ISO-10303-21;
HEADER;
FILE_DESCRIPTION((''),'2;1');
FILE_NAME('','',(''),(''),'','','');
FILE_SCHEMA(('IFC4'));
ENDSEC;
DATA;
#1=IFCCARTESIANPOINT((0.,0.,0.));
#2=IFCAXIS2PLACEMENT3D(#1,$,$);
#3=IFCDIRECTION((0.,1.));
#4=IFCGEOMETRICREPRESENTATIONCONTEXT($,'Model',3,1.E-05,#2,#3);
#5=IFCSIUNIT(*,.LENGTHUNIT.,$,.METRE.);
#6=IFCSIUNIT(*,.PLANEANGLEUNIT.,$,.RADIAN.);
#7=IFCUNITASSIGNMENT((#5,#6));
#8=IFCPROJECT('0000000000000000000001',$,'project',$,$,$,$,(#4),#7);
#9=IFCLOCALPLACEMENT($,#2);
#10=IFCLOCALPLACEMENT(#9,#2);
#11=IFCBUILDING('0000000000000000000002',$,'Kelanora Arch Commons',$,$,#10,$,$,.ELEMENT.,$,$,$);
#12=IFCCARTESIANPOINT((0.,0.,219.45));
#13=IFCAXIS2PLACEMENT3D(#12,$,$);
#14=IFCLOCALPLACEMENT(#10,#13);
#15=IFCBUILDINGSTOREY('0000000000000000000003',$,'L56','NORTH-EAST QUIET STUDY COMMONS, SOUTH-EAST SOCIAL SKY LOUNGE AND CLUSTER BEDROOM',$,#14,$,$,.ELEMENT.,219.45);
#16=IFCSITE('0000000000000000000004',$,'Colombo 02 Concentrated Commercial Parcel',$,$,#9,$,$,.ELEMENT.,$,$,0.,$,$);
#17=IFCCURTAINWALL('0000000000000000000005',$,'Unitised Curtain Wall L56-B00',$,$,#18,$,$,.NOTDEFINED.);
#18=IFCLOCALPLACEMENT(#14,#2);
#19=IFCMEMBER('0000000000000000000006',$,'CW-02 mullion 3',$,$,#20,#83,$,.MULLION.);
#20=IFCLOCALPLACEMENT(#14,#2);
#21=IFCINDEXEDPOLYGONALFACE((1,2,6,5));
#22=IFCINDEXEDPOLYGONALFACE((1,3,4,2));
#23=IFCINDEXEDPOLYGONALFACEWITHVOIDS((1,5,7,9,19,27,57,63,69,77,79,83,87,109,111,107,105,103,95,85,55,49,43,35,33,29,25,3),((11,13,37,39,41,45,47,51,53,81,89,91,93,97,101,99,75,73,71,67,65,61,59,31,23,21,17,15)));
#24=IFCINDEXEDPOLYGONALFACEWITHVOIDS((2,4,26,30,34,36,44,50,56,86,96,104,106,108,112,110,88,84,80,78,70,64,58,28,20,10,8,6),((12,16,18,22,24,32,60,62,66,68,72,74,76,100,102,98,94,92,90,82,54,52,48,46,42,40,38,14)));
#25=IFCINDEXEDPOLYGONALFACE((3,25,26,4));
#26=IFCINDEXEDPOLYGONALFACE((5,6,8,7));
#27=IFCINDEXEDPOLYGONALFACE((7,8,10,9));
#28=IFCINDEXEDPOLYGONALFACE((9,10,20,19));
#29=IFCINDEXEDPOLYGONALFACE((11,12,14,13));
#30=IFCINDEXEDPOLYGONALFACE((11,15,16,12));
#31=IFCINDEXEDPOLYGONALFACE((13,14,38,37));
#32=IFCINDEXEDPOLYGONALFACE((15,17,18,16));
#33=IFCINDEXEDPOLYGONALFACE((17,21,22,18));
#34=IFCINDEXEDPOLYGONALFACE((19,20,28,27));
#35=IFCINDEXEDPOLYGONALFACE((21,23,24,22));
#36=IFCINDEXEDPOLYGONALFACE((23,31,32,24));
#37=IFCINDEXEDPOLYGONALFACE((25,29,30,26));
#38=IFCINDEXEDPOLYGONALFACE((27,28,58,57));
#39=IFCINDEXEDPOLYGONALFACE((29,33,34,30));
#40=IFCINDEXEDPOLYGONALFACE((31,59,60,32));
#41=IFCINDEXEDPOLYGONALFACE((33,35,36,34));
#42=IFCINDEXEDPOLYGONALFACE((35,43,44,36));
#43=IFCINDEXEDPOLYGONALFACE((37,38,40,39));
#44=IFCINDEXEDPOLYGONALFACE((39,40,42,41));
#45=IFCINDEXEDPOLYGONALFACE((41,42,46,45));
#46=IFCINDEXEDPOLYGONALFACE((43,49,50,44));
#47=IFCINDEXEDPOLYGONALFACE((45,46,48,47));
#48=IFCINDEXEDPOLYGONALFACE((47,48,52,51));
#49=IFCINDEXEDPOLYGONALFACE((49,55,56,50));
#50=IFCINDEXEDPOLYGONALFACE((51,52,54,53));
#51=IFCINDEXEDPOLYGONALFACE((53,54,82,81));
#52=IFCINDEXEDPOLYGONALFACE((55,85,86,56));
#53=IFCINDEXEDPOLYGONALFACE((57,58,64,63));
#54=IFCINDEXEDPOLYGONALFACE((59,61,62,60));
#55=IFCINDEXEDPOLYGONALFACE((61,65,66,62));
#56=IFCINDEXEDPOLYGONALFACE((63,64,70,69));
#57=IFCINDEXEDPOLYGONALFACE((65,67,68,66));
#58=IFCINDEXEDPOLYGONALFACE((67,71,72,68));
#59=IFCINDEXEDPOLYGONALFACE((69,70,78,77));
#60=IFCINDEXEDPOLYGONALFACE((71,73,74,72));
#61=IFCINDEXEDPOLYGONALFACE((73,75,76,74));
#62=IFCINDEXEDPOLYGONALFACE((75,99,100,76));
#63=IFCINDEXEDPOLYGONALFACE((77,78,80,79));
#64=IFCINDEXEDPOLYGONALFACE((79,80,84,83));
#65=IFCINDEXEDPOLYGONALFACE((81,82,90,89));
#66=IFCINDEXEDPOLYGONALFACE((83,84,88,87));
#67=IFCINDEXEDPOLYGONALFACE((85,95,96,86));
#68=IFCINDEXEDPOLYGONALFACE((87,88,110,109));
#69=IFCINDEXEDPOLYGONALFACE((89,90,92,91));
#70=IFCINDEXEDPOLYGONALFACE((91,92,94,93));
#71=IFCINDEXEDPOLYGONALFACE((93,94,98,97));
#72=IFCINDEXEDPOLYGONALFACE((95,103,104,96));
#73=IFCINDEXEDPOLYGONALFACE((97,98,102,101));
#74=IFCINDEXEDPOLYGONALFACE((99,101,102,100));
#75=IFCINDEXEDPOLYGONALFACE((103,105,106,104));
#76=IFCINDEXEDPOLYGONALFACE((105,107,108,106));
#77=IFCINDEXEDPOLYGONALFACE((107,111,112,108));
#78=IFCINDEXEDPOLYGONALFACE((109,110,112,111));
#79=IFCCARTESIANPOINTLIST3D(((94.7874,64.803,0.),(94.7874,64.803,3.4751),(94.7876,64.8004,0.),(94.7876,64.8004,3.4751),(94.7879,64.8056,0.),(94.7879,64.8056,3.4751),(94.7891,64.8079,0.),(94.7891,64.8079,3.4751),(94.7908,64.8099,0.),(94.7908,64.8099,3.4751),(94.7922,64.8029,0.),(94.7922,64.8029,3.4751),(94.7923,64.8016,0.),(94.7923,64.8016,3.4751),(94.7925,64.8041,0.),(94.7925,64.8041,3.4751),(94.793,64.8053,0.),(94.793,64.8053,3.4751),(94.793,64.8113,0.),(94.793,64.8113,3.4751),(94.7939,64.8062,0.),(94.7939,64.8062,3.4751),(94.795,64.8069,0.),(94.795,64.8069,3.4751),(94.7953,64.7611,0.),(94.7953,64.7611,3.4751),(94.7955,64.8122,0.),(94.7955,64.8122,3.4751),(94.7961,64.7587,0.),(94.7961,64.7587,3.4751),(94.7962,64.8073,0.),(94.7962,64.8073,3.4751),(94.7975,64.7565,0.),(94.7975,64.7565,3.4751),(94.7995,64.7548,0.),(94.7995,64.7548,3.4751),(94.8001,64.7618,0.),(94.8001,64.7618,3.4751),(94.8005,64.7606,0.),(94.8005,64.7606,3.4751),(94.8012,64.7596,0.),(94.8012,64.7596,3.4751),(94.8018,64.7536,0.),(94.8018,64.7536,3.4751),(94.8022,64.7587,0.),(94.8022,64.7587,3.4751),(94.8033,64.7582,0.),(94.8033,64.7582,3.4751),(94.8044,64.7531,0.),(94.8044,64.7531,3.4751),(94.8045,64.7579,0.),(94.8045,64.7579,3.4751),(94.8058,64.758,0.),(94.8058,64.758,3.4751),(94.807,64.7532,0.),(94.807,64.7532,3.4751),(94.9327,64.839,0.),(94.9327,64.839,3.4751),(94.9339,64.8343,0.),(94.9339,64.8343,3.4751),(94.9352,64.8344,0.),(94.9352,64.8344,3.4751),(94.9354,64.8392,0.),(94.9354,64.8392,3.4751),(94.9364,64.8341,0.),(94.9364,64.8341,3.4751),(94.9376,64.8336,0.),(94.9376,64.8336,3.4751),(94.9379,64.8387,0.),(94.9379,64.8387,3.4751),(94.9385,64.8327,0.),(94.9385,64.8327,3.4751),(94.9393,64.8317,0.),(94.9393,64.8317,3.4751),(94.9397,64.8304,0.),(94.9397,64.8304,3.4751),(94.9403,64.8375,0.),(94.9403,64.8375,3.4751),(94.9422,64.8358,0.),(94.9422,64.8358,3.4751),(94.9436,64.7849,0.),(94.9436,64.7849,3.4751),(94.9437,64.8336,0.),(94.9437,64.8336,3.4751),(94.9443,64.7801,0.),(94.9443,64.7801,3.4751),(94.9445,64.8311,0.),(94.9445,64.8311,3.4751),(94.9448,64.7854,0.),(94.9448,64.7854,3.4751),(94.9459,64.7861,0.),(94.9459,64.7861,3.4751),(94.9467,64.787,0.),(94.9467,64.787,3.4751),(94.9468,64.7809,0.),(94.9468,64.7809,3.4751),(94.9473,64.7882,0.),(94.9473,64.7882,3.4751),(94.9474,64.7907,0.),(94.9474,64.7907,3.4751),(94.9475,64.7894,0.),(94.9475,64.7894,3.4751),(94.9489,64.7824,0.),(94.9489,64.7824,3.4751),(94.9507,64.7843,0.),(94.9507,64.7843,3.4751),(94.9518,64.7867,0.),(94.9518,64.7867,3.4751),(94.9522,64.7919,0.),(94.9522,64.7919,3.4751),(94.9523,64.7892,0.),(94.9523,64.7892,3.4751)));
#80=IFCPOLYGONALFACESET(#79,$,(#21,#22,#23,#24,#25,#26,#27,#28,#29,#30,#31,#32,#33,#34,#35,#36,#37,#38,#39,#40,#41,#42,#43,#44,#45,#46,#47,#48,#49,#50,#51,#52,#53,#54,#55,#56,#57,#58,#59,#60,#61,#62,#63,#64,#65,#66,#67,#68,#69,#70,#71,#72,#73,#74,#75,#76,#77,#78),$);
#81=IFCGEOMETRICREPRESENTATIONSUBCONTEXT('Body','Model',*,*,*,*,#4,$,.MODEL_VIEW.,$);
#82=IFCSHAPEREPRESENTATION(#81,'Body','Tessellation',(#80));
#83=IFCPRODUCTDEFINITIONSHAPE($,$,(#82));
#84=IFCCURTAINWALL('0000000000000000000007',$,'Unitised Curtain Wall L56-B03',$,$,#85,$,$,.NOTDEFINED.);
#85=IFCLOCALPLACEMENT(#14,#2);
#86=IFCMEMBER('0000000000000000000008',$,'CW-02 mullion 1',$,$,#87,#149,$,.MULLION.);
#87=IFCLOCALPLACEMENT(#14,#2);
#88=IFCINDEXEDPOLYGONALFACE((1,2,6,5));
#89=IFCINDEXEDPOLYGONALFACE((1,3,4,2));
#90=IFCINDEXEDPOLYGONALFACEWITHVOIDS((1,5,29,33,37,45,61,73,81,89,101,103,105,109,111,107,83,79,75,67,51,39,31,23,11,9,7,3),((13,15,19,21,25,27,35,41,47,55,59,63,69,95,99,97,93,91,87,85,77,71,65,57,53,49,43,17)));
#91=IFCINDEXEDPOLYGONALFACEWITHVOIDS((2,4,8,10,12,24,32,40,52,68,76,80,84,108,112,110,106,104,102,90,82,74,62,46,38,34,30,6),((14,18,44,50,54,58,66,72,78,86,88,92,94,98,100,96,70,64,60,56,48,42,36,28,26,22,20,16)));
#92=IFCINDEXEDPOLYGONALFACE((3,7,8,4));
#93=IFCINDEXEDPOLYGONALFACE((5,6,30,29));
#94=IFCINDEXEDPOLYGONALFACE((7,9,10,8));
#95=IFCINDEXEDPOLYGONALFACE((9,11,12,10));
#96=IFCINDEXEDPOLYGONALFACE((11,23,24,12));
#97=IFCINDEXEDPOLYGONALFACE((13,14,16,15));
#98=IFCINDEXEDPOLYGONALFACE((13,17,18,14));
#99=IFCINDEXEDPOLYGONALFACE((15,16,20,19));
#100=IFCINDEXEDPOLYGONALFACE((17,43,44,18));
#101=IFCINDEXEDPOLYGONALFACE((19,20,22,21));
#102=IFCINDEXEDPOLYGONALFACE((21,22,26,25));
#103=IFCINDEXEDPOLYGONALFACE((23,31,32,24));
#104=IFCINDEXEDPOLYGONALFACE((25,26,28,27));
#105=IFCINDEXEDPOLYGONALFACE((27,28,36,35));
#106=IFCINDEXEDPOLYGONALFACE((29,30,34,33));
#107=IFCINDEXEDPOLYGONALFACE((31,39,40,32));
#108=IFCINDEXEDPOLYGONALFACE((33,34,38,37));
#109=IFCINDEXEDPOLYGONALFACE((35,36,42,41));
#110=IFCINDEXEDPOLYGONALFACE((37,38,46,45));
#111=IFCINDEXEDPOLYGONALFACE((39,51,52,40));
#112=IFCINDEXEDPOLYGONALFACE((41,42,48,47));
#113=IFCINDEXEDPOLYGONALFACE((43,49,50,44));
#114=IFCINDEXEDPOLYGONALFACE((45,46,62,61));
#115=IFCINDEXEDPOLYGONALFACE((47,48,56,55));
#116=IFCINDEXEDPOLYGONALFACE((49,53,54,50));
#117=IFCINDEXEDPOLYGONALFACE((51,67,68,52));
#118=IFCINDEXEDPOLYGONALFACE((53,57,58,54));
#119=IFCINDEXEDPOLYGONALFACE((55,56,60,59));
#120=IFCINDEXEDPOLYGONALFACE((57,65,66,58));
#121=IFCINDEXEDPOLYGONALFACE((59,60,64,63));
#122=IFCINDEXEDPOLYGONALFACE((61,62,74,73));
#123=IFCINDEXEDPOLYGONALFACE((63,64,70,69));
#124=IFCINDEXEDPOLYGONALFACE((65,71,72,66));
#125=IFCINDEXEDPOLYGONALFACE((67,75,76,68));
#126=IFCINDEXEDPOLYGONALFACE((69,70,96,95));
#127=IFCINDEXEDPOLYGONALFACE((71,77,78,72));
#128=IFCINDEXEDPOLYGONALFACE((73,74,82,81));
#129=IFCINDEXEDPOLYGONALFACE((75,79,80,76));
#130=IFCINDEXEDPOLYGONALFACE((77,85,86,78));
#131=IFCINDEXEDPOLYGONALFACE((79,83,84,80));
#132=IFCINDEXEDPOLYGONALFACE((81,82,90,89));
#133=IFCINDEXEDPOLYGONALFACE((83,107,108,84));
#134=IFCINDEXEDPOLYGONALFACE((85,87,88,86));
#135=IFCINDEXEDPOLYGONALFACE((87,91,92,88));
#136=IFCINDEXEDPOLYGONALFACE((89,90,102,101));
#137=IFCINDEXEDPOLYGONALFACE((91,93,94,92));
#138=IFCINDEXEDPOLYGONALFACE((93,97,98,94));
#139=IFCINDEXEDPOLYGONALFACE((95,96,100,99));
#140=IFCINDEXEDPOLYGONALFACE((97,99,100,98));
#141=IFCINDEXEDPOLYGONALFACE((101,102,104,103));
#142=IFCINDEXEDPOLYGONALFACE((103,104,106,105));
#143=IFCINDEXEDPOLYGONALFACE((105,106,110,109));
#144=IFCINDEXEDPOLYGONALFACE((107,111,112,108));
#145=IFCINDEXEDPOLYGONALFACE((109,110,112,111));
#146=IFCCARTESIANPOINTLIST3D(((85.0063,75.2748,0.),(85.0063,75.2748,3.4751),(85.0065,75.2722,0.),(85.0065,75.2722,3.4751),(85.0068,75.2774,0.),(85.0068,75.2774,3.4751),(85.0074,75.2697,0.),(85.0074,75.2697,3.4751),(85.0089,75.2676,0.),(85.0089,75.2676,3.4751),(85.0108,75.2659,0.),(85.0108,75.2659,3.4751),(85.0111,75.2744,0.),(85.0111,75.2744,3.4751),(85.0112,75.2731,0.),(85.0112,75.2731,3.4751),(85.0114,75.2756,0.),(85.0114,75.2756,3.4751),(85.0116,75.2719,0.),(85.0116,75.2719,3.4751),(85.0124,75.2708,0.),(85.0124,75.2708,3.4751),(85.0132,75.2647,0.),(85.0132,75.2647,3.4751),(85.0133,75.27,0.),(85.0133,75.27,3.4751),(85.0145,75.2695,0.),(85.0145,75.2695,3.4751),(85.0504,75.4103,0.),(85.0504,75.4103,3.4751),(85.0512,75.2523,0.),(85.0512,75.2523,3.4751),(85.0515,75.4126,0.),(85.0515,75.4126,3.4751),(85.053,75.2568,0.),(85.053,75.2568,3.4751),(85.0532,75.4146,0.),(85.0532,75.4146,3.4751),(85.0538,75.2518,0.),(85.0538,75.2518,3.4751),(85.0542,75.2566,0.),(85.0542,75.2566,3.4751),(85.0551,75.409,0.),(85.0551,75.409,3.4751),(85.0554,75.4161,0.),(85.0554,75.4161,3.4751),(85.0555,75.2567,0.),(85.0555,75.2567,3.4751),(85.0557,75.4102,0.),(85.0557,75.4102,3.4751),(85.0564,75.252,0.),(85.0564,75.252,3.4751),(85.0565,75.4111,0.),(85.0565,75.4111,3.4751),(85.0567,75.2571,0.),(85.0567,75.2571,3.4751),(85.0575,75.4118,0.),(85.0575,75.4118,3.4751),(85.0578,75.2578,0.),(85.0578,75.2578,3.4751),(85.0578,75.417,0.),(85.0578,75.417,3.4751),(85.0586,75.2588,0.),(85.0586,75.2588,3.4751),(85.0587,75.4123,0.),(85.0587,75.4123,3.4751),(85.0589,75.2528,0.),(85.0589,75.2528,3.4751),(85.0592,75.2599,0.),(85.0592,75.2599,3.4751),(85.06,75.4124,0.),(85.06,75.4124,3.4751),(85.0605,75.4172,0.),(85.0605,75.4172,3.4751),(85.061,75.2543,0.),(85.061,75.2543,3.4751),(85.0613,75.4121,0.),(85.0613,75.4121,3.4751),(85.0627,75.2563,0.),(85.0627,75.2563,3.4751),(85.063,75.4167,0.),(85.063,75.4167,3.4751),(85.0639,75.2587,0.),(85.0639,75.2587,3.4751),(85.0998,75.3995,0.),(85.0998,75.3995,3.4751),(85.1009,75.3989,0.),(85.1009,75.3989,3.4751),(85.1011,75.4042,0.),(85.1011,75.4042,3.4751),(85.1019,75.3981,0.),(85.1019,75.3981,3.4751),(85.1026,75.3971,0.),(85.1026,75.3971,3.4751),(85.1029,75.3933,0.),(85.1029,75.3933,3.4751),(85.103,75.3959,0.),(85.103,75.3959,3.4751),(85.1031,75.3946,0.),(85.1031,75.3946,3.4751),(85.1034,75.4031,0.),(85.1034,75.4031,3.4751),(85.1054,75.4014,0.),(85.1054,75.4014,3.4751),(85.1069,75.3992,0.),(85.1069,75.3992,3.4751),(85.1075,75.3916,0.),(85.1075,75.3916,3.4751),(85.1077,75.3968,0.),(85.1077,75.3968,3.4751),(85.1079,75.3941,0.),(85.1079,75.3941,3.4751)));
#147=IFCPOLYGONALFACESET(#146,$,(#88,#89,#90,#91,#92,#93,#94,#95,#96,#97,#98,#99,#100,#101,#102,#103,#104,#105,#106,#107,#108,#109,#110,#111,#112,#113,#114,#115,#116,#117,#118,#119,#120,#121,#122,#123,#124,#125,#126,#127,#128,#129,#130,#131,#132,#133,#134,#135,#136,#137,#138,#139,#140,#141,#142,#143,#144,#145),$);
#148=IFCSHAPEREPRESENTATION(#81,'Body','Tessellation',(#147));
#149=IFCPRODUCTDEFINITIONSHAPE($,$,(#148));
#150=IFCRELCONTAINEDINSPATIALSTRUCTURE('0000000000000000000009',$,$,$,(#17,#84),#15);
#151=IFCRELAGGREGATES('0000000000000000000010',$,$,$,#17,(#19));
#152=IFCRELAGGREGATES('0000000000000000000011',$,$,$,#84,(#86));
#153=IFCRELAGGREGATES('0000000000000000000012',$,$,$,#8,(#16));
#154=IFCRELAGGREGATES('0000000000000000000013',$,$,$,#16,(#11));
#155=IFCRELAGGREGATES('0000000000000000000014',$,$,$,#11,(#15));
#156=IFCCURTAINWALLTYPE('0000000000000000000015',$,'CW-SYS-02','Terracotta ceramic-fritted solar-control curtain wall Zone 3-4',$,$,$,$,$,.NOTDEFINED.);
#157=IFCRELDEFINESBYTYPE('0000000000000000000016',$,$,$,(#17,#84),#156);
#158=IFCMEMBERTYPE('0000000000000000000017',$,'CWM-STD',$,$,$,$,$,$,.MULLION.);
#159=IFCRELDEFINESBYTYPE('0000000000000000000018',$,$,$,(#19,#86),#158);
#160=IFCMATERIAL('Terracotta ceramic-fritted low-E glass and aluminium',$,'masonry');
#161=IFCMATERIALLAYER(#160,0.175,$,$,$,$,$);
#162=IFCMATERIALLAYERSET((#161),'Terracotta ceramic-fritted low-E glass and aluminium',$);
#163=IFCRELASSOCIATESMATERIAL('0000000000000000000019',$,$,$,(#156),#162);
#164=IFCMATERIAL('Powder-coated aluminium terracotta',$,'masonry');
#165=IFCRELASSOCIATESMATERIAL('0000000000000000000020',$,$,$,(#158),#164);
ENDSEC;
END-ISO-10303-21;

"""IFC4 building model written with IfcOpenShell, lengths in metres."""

from ifc_helpers import new_model, si_unit, direction, frame, origin, origin_2d, place, context, subcontext, project, spatial, hollow_rectangle, extrude, material, layer, layer_set, material_profile, profile_set, type_object, element, aggregate, save


model = new_model("IFC4")

# Units and contexts
model_context = context("Model", 3, precision=1e-05, world=origin(), true_north=direction((0.0, 1.0)))
body_context = subcontext(model_context, "Body", "Model", "MODEL_VIEW")
ifc_project = project(units=[si_unit("LENGTHUNIT", "METRE"), si_unit("PLANEANGLEUNIT", "RADIAN")], contexts=[model_context])

# Site, building, storey
site_placement = place(None, origin())
site = spatial("IfcSite", under=ifc_project, at=site_placement, Name="Colombo 02 Concentrated Commercial Parcel", CompositionType="ELEMENT", RefElevation=0.0)
building_placement = place(site_placement, origin())
building = spatial("IfcBuilding", under=site, at=building_placement, Name="Kelanora Arch Commons", CompositionType="ELEMENT")
storey_placement = place(building_placement, frame((0.0, 0.0, 219.45)))
storey = spatial("IfcBuildingStorey", under=building, at=storey_placement, Name="L56", Description="NORTH-EAST QUIET STUDY COMMONS, SOUTH-EAST SOCIAL SKY LOUNGE AND CLUSTER BEDROOM", CompositionType="ELEMENT", Elevation=219.45)

# Curtain wall, member
ifc_material_1 = material(Name="Terracotta ceramic-fritted low-E glass and aluminium", Category="masonry")
ifc_layer_1 = layer(ifc_material_1, 0.175)
ifc_layer_set_1 = layer_set([ifc_layer_1], Name="Terracotta ceramic-fritted low-E glass and aluminium")
curtain_wall_type = type_object("IfcCurtainWallType", Name="CW-SYS-02", Description="Terracotta ceramic-fritted solar-control curtain wall Zone 3-4", PredefinedType="NOTDEFINED", material=ifc_layer_set_1)
curtain_wall_1_placement = place(storey_placement, origin())
curtain_wall_1 = element("IfcCurtainWall", 1, at=curtain_wall_1_placement, inside=storey, type_object=curtain_wall_type, Name="Unitised Curtain Wall L56-B00", PredefinedType="NOTDEFINED")
ifc_material_2 = material(Name="Powder-coated aluminium terracotta", Category="masonry")
ifc_material_profile_1 = material_profile(ifc_material_2, hollow_rectangle(XDim=0.1599, YDim=0.0601, WallThickness=0.0049, InnerFilletRadius=0.0049, OuterFilletRadius=0.01, at=origin_2d()), Name="CWM160x60")
ifc_profile_set_1 = profile_set([ifc_material_profile_1], Name="Powder-coated aluminium terracotta")
member_type_1 = type_object("IfcMemberType", Name="CWM-STD", PredefinedType="MULLION", material=ifc_profile_set_1)
member_1_placement = place(storey_placement, frame((94.8699, 64.7961, 0.0), z_axis=(0.0, 0.0, 1.0), x_axis=(-0.981381, -0.192069, 0.0)))
member_1 = element("IfcMember", 2, at=member_1_placement, type_object=member_type_1, Name="CW-02 mullion 3", PredefinedType="MULLION", context=body_context, shape_type="SweptSolid", body=[
    extrude(hollow_rectangle(XDim=0.1599, YDim=0.0601, WallThickness=0.0049, InnerFilletRadius=0.0049, OuterFilletRadius=0.01, at=origin_2d()), origin(), (0.0, 0.0, 1.0), 3.4751),
])
aggregate(curtain_wall_1, [member_1])

# Curtain wall, member
curtain_wall_2_placement = place(storey_placement, origin())
curtain_wall_2 = element("IfcCurtainWall", 3, at=curtain_wall_2_placement, inside=storey, type_object=curtain_wall_type, Name="Unitised Curtain Wall L56-B03", PredefinedType="NOTDEFINED")
member_2_placement = place(storey_placement, frame((85.0571, 75.3345, 0.0), z_axis=(0.0, 0.0, 1.0), x_axis=(-0.311582, -0.950219, 0.0)))
member_2 = element("IfcMember", 4, at=member_2_placement, type_object=member_type_1, Name="CW-02 mullion 1", PredefinedType="MULLION", context=body_context, shape_type="SweptSolid", body=[
    extrude(hollow_rectangle(XDim=0.1599, YDim=0.0601, WallThickness=0.0049, InnerFilletRadius=0.0049, OuterFilletRadius=0.01, at=origin_2d()), origin(), (0.0, 0.0, 1.0), 3.4751),
])
aggregate(curtain_wall_2, [member_2])

save(model, "model.ifc")
